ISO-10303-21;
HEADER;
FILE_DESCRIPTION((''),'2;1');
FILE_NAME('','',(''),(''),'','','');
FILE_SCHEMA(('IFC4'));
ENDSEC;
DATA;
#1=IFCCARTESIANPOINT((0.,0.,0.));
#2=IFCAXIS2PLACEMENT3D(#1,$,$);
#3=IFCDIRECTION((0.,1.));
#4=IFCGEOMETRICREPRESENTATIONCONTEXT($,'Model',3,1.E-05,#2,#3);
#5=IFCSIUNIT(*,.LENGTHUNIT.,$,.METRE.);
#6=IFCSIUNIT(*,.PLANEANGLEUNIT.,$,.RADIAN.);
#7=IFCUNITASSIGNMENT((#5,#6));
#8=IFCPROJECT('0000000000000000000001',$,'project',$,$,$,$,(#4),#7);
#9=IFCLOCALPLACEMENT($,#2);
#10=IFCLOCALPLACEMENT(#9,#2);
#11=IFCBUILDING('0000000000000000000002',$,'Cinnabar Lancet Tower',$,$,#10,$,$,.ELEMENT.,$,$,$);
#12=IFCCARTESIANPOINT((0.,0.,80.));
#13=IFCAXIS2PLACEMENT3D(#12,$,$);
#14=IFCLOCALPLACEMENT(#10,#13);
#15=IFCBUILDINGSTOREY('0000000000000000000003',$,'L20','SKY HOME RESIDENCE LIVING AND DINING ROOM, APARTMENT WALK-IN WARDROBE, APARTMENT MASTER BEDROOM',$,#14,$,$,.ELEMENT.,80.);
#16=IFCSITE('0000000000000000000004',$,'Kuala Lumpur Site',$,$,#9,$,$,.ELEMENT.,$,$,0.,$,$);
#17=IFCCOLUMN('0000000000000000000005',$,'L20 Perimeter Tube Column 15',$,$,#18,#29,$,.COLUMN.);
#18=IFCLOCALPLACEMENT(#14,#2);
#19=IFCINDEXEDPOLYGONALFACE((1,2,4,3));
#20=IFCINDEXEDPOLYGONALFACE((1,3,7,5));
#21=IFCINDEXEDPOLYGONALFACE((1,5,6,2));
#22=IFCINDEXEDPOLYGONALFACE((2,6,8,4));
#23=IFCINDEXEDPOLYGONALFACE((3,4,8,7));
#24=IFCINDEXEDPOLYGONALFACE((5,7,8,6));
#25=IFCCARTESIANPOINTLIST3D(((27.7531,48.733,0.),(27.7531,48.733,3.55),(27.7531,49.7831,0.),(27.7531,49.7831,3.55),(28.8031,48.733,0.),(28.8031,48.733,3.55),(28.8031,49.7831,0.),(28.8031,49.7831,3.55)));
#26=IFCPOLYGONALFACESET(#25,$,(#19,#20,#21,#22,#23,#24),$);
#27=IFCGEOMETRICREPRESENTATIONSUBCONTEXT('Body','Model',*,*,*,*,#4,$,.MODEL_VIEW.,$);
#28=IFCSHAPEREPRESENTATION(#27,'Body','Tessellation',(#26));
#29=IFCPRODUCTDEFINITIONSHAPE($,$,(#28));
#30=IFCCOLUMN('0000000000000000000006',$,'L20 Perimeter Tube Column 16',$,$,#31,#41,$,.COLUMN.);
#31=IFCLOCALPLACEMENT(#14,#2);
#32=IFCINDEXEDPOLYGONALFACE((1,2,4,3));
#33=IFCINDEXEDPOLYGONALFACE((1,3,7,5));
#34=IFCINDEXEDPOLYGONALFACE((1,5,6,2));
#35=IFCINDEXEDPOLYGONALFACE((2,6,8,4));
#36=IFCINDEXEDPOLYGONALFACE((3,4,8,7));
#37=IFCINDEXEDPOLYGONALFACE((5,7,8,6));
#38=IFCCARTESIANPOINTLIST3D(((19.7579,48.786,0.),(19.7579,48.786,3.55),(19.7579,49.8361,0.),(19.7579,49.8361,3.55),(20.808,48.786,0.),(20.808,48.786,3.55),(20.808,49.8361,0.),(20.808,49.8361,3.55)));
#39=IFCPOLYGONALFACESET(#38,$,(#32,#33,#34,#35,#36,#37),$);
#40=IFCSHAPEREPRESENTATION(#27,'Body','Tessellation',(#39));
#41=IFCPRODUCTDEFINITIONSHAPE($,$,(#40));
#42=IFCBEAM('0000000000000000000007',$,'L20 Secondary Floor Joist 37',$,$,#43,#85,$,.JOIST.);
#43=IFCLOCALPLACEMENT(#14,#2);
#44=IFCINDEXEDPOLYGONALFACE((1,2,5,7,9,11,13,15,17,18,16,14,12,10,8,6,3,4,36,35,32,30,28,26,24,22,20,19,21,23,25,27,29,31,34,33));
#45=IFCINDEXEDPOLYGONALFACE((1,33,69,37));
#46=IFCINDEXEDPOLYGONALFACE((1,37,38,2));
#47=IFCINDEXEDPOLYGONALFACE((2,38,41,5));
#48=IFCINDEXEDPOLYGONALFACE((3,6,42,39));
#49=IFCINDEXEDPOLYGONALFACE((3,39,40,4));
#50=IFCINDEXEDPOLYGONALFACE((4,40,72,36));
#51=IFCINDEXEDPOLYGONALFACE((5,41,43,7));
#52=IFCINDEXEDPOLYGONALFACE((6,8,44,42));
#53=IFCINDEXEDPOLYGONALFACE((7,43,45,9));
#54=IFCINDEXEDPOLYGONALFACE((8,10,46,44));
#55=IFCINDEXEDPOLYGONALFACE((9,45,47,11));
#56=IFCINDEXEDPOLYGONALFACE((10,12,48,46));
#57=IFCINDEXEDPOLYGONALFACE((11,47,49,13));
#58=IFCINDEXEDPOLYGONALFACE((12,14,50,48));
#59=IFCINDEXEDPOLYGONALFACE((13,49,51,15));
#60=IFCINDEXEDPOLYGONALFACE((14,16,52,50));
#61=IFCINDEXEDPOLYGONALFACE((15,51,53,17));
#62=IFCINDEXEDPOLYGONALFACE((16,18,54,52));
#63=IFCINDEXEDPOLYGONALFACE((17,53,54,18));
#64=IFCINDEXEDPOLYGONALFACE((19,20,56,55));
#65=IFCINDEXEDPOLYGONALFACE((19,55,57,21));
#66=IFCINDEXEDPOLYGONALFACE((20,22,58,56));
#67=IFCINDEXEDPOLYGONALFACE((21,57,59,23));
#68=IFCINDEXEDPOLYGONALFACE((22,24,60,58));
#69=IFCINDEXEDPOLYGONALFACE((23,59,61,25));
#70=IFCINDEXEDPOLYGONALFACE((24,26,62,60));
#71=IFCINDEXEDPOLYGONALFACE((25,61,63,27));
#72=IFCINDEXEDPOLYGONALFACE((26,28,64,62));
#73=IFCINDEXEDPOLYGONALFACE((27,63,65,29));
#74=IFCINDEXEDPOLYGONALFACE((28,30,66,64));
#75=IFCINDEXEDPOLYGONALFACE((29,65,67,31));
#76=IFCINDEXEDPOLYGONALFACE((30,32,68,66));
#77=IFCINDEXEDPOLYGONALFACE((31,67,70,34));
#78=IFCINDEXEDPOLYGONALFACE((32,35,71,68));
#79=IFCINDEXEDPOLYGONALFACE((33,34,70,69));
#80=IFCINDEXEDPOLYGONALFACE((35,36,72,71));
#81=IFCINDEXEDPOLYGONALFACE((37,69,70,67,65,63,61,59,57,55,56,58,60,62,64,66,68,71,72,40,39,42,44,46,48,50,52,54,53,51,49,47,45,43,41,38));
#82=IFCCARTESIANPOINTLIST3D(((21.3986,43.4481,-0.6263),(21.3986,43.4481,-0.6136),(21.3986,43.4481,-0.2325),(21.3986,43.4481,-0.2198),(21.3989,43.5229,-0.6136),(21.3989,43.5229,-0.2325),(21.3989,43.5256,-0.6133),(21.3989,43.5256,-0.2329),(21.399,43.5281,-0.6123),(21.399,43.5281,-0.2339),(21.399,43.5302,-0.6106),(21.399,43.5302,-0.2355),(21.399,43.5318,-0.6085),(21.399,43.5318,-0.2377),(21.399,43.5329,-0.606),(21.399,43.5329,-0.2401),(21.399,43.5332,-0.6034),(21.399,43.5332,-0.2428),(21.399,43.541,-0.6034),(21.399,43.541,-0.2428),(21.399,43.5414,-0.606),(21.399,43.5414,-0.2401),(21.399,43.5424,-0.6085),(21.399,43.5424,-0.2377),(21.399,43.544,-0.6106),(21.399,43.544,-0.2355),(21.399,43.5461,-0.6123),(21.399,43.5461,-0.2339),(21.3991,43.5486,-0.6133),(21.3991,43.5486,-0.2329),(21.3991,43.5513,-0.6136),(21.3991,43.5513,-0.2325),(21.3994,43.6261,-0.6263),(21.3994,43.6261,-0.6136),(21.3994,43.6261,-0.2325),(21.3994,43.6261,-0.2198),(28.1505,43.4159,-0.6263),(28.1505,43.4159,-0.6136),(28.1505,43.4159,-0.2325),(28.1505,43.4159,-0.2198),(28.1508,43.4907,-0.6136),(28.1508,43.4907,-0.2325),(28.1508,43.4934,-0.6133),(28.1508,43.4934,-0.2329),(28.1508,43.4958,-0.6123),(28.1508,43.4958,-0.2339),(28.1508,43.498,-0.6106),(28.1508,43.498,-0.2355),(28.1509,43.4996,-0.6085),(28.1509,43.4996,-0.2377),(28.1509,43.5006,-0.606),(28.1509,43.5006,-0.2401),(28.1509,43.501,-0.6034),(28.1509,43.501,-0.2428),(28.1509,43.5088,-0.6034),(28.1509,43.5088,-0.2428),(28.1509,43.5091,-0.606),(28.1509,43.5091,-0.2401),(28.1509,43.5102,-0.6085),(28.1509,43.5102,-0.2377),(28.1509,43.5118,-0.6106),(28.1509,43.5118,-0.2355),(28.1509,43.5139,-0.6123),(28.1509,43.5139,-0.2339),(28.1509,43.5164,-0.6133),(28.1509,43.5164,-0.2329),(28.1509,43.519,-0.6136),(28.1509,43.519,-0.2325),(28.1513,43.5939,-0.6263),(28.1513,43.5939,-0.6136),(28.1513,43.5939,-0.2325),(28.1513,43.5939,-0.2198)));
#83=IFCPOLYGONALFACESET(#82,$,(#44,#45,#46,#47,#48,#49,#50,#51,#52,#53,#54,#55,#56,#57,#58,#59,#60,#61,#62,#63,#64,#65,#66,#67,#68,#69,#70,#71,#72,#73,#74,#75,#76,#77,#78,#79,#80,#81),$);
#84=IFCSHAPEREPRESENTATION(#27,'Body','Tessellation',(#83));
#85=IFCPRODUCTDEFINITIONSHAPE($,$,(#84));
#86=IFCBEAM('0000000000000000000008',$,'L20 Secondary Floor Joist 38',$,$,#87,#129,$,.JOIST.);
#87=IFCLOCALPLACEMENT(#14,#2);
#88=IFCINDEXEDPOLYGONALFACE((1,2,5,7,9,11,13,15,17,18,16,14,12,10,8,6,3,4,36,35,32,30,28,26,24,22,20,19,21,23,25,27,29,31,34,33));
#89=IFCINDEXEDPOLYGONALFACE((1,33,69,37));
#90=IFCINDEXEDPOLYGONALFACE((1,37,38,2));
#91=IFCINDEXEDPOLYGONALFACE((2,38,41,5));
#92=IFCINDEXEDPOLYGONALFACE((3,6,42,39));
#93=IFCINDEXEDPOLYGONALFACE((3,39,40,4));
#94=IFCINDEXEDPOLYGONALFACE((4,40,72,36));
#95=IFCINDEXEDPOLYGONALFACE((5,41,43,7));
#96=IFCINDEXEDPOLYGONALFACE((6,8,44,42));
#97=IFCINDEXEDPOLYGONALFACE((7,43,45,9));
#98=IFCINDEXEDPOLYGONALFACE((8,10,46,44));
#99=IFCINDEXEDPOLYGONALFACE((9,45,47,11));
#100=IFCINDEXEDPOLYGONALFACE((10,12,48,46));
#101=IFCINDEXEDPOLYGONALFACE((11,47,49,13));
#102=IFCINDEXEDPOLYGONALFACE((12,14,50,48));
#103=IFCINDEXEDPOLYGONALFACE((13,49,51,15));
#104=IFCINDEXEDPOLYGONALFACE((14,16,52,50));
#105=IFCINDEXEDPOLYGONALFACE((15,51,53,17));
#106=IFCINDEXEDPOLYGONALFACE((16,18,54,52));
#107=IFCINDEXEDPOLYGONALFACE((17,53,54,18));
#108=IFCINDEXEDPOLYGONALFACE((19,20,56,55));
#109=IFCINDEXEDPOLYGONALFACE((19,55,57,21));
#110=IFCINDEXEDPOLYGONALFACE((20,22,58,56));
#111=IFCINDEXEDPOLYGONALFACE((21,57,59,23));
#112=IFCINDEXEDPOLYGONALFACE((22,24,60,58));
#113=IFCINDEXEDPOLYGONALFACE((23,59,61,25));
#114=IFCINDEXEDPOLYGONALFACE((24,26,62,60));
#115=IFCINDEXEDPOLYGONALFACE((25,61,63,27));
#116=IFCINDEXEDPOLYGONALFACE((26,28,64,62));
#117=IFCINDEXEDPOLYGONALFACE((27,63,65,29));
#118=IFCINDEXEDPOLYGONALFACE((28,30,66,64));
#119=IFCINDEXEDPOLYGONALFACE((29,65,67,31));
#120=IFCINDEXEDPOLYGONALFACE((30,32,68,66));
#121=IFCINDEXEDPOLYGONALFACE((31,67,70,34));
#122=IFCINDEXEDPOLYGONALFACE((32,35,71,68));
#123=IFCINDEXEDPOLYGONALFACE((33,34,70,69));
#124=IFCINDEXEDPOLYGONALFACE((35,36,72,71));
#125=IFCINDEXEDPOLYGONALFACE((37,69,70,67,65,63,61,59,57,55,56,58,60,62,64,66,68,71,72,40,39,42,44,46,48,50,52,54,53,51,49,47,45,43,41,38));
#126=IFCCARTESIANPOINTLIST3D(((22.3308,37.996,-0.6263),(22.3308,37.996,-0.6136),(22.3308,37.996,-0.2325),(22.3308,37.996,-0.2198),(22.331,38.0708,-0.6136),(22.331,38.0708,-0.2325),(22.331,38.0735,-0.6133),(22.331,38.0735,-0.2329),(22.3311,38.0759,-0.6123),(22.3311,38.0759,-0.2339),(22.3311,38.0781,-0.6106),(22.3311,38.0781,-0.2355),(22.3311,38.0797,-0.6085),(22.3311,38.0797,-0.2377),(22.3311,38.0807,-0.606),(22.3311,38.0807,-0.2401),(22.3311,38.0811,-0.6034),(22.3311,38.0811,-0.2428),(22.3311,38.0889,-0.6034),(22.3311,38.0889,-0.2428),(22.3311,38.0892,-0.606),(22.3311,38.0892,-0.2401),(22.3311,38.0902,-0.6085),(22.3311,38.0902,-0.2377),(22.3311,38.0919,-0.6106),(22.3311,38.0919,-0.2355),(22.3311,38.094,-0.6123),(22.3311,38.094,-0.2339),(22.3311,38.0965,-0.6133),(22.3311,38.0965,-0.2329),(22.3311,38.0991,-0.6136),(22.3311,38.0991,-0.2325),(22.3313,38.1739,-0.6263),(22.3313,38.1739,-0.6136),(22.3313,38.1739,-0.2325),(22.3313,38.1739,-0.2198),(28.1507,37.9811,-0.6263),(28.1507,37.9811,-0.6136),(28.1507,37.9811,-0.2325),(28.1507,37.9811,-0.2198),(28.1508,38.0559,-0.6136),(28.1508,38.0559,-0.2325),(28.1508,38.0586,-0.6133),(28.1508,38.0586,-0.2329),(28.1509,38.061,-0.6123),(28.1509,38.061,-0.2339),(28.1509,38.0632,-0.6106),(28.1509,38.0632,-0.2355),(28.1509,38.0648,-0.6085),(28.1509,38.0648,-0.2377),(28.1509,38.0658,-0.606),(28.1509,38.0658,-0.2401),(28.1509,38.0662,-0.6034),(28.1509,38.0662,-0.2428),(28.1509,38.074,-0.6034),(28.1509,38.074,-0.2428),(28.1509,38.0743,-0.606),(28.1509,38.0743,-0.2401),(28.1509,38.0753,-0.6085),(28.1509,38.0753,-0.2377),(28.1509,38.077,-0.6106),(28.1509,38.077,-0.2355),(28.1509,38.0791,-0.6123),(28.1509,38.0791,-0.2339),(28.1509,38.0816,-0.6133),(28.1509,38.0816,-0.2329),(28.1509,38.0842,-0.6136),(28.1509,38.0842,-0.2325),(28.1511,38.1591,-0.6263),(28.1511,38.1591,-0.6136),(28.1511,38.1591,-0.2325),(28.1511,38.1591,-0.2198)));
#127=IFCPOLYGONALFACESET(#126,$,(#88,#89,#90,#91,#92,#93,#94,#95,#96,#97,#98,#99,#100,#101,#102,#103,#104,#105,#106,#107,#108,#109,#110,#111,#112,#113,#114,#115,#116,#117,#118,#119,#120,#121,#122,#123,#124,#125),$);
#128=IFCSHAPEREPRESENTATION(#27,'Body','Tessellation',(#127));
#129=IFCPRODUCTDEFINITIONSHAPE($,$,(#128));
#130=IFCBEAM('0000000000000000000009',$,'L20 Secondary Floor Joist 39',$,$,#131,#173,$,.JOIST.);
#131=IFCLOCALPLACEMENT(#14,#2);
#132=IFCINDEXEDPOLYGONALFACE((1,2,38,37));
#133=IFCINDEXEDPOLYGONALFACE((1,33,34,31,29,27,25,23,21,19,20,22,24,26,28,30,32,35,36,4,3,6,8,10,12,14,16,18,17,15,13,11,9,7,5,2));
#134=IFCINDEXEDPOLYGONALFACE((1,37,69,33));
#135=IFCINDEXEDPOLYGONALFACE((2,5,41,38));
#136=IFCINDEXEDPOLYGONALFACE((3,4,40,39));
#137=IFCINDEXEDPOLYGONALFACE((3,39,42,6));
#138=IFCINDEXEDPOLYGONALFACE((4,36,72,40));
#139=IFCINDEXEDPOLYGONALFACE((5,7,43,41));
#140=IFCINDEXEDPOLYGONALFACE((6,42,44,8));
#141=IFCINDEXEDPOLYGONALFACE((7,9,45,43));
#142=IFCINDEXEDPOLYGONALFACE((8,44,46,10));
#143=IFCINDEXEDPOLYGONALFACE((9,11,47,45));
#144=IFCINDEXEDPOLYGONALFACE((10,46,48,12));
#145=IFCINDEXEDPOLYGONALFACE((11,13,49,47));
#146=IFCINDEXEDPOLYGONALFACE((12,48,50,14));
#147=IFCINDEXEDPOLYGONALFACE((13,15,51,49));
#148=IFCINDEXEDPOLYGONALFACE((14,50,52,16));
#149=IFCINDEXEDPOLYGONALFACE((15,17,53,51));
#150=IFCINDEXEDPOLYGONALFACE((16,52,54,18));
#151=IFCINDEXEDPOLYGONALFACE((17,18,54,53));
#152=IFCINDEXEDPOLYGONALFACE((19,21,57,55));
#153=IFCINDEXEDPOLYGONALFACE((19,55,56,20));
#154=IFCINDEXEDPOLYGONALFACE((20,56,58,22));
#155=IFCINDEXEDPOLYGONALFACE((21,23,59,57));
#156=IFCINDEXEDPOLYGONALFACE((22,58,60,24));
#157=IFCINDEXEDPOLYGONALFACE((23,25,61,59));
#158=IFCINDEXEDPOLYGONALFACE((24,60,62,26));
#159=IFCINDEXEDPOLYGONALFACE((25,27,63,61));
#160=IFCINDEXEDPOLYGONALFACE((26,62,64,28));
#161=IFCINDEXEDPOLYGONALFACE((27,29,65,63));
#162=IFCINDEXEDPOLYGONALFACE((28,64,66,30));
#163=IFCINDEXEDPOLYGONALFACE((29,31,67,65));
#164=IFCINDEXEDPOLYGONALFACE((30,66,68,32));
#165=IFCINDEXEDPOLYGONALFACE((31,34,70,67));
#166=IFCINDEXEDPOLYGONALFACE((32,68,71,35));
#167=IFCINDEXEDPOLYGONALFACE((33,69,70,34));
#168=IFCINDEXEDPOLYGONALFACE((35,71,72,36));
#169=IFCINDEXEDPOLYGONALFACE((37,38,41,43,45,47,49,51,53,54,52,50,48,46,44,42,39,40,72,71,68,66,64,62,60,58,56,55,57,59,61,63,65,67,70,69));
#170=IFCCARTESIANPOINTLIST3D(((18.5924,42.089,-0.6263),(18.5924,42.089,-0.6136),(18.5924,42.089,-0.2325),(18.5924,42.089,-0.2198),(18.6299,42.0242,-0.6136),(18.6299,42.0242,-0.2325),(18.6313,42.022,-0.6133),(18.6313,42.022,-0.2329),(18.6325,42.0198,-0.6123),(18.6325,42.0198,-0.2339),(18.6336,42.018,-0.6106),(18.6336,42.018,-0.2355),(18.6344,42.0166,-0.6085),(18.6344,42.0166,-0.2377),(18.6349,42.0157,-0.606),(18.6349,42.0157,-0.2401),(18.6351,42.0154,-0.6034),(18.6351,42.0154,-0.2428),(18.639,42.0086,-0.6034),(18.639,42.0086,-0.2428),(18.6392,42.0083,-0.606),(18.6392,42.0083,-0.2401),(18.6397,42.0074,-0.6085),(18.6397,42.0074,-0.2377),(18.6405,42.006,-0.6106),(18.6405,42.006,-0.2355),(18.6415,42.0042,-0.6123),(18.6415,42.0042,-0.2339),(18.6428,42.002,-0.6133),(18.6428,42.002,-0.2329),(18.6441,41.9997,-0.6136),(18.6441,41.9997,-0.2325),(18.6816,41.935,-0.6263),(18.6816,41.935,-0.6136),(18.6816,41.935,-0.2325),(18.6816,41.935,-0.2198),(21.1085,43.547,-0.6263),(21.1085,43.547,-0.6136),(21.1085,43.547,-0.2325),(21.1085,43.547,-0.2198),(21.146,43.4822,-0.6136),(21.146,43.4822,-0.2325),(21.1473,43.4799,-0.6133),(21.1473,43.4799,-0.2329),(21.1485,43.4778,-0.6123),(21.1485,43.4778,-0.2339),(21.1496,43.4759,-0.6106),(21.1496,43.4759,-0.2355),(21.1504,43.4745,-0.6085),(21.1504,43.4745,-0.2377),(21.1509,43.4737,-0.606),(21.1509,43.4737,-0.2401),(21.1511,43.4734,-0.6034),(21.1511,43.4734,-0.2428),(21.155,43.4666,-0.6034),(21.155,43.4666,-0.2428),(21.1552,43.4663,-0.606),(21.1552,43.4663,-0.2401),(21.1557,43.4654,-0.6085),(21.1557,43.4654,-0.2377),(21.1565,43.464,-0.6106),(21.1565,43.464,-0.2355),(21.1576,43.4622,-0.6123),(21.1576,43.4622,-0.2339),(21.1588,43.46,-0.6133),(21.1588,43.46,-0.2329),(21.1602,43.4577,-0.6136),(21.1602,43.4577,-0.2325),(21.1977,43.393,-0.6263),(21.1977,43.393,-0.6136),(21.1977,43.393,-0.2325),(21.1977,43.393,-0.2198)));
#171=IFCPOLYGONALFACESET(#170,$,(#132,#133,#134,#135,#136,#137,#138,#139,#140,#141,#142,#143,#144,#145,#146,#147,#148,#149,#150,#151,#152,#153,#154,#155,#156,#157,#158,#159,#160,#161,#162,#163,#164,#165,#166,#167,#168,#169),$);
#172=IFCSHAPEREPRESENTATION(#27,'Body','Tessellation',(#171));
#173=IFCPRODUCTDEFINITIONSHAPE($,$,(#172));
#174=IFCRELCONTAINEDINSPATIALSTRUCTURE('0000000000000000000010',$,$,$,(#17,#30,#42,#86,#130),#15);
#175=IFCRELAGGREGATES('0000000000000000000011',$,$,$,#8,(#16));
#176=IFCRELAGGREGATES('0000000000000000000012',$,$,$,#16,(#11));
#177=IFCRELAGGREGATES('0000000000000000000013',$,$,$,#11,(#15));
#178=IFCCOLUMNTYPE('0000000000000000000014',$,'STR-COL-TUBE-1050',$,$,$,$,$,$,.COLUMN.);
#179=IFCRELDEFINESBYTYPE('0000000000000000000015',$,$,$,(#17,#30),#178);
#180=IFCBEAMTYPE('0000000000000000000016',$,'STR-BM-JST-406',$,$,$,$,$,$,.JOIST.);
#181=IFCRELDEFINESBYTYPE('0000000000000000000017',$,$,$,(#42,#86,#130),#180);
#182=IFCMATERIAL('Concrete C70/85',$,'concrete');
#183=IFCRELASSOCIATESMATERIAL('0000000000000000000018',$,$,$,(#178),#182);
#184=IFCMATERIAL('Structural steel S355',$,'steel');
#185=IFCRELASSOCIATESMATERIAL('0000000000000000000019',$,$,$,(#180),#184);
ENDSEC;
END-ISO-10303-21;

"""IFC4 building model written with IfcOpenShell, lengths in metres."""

from ifc_helpers import new_model, si_unit, direction, frame, origin, origin_2d, place, context, subcontext, project, spatial, rectangle, i_section, extrude, material, material_profile, profile_set, type_object, element, save


model = new_model("IFC4")

# Units and contexts
model_context = context("Model", 3, precision=1e-05, world=origin(), true_north=direction((0.0, 1.0)))
body_context = subcontext(model_context, "Body", "Model", "MODEL_VIEW")
ifc_project = project(units=[si_unit("LENGTHUNIT", "METRE"), si_unit("PLANEANGLEUNIT", "RADIAN")], contexts=[model_context])

# Site, building, storey
site_placement = place(None, origin())
site = spatial("IfcSite", under=ifc_project, at=site_placement, Name="Kuala Lumpur Site", CompositionType="ELEMENT", RefElevation=0.0)
building_placement = place(site_placement, origin())
building = spatial("IfcBuilding", under=site, at=building_placement, Name="Cinnabar Lancet Tower", CompositionType="ELEMENT")
storey_placement = place(building_placement, frame((0.0, 0.0, 80.0)))
storey = spatial("IfcBuildingStorey", under=building, at=storey_placement, Name="L20", Description="SKY HOME RESIDENCE LIVING AND DINING ROOM, APARTMENT WALK-IN WARDROBE, APARTMENT MASTER BEDROOM", CompositionType="ELEMENT", Elevation=80.0)

# Columns
ifc_material_1 = material(Name="Concrete C70/85", Category="concrete")
ifc_material_profile_1 = material_profile(ifc_material_1, rectangle(XDim=1.05, YDim=1.05, at=origin_2d()), Name="RC-COL 1050x1050")
ifc_profile_set_1 = profile_set([ifc_material_profile_1], Name="Concrete C70/85")
column_type = type_object("IfcColumnType", Name="STR-COL-TUBE-1050", PredefinedType="COLUMN", material=ifc_profile_set_1)
for number, where, z_axis, x_axis, name in (
    (1, (28.2781, 49.2581, 0.0), (0.0, 0.0, 1.0), (1.0, 0.0, 0.0), "L20 Perimeter Tube Column 15"),
    (2, (20.283, 49.311, 0.0), (0.0, 0.0, 1.0), (1.0, 0.0, 0.0), "L20 Perimeter Tube Column 16"),
):
    element("IfcColumn", number, at=place(storey_placement, frame(where, z_axis=z_axis, x_axis=x_axis)), inside=storey, type_object=column_type, Name=name, PredefinedType="COLUMN", context=body_context, shape_type="SweptSolid", body=[
        extrude(rectangle(XDim=1.05, YDim=1.05, at=origin_2d()), origin(), (0.0, 0.0, 1.0), 3.55),
    ])

# Beams
ifc_material_2 = material(Name="Structural steel S355", Category="steel")
ifc_material_profile_2 = material_profile(ifc_material_2, i_section(OverallWidth=0.178, OverallDepth=0.4065, WebThickness=0.0078, FlangeThickness=0.0127, FilletRadius=0.0103, at=origin_2d()), Name="UKB 406x178x60")
ifc_profile_set_2 = profile_set([ifc_material_profile_2], Name="Structural steel S355")
beam_type_1 = type_object("IfcBeamType", Name="STR-BM-JST-406", PredefinedType="JOIST", material=ifc_profile_set_2)
beam_1_placement = place(storey_placement, frame((28.1509, 43.5049, -0.4231), z_axis=(-0.999989, 0.004773, 0.0), x_axis=(-0.004773, -0.999989, 0.0)))
element("IfcBeam", 3, at=beam_1_placement, inside=storey, type_object=beam_type_1, Name="L20 Secondary Floor Joist 37", PredefinedType="JOIST", context=body_context, shape_type="SweptSolid", body=[
    extrude(i_section(OverallWidth=0.178, OverallDepth=0.4065, WebThickness=0.0078, FlangeThickness=0.0127, FilletRadius=0.0103, at=origin_2d()), origin(), (0.0, 0.0, 1.0), 6.752),
])
beam_2_placement = place(storey_placement, frame((28.1509, 38.0701, -0.4231), z_axis=(-0.999997, 0.002559, 0.0), x_axis=(-0.002559, -0.999997, 0.0)))
element("IfcBeam", 4, at=beam_2_placement, inside=storey, type_object=beam_type_1, Name="L20 Secondary Floor Joist 38", PredefinedType="JOIST", context=body_context, shape_type="SweptSolid", body=[
    extrude(i_section(OverallWidth=0.178, OverallDepth=0.4065, WebThickness=0.0078, FlangeThickness=0.0127, FilletRadius=0.0103, at=origin_2d()), origin(), (0.0, 0.0, 1.0), 5.8198),
])
beam_3_placement = place(storey_placement, frame((21.1531, 43.47, -0.4231), z_axis=(-0.865231, -0.501374, 0.0), x_axis=(0.501374, -0.865231, 0.0)))
element("IfcBeam", 5, at=beam_3_placement, inside=storey, type_object=beam_type_1, Name="L20 Secondary Floor Joist 39", PredefinedType="JOIST", context=body_context, shape_type="SweptSolid", body=[
    extrude(i_section(OverallWidth=0.178, OverallDepth=0.4065, WebThickness=0.0078, FlangeThickness=0.0127, FilletRadius=0.0103, at=origin_2d()), origin(), (0.0, 0.0, 1.0), 2.908),
])

save(model, "model.ifc")
